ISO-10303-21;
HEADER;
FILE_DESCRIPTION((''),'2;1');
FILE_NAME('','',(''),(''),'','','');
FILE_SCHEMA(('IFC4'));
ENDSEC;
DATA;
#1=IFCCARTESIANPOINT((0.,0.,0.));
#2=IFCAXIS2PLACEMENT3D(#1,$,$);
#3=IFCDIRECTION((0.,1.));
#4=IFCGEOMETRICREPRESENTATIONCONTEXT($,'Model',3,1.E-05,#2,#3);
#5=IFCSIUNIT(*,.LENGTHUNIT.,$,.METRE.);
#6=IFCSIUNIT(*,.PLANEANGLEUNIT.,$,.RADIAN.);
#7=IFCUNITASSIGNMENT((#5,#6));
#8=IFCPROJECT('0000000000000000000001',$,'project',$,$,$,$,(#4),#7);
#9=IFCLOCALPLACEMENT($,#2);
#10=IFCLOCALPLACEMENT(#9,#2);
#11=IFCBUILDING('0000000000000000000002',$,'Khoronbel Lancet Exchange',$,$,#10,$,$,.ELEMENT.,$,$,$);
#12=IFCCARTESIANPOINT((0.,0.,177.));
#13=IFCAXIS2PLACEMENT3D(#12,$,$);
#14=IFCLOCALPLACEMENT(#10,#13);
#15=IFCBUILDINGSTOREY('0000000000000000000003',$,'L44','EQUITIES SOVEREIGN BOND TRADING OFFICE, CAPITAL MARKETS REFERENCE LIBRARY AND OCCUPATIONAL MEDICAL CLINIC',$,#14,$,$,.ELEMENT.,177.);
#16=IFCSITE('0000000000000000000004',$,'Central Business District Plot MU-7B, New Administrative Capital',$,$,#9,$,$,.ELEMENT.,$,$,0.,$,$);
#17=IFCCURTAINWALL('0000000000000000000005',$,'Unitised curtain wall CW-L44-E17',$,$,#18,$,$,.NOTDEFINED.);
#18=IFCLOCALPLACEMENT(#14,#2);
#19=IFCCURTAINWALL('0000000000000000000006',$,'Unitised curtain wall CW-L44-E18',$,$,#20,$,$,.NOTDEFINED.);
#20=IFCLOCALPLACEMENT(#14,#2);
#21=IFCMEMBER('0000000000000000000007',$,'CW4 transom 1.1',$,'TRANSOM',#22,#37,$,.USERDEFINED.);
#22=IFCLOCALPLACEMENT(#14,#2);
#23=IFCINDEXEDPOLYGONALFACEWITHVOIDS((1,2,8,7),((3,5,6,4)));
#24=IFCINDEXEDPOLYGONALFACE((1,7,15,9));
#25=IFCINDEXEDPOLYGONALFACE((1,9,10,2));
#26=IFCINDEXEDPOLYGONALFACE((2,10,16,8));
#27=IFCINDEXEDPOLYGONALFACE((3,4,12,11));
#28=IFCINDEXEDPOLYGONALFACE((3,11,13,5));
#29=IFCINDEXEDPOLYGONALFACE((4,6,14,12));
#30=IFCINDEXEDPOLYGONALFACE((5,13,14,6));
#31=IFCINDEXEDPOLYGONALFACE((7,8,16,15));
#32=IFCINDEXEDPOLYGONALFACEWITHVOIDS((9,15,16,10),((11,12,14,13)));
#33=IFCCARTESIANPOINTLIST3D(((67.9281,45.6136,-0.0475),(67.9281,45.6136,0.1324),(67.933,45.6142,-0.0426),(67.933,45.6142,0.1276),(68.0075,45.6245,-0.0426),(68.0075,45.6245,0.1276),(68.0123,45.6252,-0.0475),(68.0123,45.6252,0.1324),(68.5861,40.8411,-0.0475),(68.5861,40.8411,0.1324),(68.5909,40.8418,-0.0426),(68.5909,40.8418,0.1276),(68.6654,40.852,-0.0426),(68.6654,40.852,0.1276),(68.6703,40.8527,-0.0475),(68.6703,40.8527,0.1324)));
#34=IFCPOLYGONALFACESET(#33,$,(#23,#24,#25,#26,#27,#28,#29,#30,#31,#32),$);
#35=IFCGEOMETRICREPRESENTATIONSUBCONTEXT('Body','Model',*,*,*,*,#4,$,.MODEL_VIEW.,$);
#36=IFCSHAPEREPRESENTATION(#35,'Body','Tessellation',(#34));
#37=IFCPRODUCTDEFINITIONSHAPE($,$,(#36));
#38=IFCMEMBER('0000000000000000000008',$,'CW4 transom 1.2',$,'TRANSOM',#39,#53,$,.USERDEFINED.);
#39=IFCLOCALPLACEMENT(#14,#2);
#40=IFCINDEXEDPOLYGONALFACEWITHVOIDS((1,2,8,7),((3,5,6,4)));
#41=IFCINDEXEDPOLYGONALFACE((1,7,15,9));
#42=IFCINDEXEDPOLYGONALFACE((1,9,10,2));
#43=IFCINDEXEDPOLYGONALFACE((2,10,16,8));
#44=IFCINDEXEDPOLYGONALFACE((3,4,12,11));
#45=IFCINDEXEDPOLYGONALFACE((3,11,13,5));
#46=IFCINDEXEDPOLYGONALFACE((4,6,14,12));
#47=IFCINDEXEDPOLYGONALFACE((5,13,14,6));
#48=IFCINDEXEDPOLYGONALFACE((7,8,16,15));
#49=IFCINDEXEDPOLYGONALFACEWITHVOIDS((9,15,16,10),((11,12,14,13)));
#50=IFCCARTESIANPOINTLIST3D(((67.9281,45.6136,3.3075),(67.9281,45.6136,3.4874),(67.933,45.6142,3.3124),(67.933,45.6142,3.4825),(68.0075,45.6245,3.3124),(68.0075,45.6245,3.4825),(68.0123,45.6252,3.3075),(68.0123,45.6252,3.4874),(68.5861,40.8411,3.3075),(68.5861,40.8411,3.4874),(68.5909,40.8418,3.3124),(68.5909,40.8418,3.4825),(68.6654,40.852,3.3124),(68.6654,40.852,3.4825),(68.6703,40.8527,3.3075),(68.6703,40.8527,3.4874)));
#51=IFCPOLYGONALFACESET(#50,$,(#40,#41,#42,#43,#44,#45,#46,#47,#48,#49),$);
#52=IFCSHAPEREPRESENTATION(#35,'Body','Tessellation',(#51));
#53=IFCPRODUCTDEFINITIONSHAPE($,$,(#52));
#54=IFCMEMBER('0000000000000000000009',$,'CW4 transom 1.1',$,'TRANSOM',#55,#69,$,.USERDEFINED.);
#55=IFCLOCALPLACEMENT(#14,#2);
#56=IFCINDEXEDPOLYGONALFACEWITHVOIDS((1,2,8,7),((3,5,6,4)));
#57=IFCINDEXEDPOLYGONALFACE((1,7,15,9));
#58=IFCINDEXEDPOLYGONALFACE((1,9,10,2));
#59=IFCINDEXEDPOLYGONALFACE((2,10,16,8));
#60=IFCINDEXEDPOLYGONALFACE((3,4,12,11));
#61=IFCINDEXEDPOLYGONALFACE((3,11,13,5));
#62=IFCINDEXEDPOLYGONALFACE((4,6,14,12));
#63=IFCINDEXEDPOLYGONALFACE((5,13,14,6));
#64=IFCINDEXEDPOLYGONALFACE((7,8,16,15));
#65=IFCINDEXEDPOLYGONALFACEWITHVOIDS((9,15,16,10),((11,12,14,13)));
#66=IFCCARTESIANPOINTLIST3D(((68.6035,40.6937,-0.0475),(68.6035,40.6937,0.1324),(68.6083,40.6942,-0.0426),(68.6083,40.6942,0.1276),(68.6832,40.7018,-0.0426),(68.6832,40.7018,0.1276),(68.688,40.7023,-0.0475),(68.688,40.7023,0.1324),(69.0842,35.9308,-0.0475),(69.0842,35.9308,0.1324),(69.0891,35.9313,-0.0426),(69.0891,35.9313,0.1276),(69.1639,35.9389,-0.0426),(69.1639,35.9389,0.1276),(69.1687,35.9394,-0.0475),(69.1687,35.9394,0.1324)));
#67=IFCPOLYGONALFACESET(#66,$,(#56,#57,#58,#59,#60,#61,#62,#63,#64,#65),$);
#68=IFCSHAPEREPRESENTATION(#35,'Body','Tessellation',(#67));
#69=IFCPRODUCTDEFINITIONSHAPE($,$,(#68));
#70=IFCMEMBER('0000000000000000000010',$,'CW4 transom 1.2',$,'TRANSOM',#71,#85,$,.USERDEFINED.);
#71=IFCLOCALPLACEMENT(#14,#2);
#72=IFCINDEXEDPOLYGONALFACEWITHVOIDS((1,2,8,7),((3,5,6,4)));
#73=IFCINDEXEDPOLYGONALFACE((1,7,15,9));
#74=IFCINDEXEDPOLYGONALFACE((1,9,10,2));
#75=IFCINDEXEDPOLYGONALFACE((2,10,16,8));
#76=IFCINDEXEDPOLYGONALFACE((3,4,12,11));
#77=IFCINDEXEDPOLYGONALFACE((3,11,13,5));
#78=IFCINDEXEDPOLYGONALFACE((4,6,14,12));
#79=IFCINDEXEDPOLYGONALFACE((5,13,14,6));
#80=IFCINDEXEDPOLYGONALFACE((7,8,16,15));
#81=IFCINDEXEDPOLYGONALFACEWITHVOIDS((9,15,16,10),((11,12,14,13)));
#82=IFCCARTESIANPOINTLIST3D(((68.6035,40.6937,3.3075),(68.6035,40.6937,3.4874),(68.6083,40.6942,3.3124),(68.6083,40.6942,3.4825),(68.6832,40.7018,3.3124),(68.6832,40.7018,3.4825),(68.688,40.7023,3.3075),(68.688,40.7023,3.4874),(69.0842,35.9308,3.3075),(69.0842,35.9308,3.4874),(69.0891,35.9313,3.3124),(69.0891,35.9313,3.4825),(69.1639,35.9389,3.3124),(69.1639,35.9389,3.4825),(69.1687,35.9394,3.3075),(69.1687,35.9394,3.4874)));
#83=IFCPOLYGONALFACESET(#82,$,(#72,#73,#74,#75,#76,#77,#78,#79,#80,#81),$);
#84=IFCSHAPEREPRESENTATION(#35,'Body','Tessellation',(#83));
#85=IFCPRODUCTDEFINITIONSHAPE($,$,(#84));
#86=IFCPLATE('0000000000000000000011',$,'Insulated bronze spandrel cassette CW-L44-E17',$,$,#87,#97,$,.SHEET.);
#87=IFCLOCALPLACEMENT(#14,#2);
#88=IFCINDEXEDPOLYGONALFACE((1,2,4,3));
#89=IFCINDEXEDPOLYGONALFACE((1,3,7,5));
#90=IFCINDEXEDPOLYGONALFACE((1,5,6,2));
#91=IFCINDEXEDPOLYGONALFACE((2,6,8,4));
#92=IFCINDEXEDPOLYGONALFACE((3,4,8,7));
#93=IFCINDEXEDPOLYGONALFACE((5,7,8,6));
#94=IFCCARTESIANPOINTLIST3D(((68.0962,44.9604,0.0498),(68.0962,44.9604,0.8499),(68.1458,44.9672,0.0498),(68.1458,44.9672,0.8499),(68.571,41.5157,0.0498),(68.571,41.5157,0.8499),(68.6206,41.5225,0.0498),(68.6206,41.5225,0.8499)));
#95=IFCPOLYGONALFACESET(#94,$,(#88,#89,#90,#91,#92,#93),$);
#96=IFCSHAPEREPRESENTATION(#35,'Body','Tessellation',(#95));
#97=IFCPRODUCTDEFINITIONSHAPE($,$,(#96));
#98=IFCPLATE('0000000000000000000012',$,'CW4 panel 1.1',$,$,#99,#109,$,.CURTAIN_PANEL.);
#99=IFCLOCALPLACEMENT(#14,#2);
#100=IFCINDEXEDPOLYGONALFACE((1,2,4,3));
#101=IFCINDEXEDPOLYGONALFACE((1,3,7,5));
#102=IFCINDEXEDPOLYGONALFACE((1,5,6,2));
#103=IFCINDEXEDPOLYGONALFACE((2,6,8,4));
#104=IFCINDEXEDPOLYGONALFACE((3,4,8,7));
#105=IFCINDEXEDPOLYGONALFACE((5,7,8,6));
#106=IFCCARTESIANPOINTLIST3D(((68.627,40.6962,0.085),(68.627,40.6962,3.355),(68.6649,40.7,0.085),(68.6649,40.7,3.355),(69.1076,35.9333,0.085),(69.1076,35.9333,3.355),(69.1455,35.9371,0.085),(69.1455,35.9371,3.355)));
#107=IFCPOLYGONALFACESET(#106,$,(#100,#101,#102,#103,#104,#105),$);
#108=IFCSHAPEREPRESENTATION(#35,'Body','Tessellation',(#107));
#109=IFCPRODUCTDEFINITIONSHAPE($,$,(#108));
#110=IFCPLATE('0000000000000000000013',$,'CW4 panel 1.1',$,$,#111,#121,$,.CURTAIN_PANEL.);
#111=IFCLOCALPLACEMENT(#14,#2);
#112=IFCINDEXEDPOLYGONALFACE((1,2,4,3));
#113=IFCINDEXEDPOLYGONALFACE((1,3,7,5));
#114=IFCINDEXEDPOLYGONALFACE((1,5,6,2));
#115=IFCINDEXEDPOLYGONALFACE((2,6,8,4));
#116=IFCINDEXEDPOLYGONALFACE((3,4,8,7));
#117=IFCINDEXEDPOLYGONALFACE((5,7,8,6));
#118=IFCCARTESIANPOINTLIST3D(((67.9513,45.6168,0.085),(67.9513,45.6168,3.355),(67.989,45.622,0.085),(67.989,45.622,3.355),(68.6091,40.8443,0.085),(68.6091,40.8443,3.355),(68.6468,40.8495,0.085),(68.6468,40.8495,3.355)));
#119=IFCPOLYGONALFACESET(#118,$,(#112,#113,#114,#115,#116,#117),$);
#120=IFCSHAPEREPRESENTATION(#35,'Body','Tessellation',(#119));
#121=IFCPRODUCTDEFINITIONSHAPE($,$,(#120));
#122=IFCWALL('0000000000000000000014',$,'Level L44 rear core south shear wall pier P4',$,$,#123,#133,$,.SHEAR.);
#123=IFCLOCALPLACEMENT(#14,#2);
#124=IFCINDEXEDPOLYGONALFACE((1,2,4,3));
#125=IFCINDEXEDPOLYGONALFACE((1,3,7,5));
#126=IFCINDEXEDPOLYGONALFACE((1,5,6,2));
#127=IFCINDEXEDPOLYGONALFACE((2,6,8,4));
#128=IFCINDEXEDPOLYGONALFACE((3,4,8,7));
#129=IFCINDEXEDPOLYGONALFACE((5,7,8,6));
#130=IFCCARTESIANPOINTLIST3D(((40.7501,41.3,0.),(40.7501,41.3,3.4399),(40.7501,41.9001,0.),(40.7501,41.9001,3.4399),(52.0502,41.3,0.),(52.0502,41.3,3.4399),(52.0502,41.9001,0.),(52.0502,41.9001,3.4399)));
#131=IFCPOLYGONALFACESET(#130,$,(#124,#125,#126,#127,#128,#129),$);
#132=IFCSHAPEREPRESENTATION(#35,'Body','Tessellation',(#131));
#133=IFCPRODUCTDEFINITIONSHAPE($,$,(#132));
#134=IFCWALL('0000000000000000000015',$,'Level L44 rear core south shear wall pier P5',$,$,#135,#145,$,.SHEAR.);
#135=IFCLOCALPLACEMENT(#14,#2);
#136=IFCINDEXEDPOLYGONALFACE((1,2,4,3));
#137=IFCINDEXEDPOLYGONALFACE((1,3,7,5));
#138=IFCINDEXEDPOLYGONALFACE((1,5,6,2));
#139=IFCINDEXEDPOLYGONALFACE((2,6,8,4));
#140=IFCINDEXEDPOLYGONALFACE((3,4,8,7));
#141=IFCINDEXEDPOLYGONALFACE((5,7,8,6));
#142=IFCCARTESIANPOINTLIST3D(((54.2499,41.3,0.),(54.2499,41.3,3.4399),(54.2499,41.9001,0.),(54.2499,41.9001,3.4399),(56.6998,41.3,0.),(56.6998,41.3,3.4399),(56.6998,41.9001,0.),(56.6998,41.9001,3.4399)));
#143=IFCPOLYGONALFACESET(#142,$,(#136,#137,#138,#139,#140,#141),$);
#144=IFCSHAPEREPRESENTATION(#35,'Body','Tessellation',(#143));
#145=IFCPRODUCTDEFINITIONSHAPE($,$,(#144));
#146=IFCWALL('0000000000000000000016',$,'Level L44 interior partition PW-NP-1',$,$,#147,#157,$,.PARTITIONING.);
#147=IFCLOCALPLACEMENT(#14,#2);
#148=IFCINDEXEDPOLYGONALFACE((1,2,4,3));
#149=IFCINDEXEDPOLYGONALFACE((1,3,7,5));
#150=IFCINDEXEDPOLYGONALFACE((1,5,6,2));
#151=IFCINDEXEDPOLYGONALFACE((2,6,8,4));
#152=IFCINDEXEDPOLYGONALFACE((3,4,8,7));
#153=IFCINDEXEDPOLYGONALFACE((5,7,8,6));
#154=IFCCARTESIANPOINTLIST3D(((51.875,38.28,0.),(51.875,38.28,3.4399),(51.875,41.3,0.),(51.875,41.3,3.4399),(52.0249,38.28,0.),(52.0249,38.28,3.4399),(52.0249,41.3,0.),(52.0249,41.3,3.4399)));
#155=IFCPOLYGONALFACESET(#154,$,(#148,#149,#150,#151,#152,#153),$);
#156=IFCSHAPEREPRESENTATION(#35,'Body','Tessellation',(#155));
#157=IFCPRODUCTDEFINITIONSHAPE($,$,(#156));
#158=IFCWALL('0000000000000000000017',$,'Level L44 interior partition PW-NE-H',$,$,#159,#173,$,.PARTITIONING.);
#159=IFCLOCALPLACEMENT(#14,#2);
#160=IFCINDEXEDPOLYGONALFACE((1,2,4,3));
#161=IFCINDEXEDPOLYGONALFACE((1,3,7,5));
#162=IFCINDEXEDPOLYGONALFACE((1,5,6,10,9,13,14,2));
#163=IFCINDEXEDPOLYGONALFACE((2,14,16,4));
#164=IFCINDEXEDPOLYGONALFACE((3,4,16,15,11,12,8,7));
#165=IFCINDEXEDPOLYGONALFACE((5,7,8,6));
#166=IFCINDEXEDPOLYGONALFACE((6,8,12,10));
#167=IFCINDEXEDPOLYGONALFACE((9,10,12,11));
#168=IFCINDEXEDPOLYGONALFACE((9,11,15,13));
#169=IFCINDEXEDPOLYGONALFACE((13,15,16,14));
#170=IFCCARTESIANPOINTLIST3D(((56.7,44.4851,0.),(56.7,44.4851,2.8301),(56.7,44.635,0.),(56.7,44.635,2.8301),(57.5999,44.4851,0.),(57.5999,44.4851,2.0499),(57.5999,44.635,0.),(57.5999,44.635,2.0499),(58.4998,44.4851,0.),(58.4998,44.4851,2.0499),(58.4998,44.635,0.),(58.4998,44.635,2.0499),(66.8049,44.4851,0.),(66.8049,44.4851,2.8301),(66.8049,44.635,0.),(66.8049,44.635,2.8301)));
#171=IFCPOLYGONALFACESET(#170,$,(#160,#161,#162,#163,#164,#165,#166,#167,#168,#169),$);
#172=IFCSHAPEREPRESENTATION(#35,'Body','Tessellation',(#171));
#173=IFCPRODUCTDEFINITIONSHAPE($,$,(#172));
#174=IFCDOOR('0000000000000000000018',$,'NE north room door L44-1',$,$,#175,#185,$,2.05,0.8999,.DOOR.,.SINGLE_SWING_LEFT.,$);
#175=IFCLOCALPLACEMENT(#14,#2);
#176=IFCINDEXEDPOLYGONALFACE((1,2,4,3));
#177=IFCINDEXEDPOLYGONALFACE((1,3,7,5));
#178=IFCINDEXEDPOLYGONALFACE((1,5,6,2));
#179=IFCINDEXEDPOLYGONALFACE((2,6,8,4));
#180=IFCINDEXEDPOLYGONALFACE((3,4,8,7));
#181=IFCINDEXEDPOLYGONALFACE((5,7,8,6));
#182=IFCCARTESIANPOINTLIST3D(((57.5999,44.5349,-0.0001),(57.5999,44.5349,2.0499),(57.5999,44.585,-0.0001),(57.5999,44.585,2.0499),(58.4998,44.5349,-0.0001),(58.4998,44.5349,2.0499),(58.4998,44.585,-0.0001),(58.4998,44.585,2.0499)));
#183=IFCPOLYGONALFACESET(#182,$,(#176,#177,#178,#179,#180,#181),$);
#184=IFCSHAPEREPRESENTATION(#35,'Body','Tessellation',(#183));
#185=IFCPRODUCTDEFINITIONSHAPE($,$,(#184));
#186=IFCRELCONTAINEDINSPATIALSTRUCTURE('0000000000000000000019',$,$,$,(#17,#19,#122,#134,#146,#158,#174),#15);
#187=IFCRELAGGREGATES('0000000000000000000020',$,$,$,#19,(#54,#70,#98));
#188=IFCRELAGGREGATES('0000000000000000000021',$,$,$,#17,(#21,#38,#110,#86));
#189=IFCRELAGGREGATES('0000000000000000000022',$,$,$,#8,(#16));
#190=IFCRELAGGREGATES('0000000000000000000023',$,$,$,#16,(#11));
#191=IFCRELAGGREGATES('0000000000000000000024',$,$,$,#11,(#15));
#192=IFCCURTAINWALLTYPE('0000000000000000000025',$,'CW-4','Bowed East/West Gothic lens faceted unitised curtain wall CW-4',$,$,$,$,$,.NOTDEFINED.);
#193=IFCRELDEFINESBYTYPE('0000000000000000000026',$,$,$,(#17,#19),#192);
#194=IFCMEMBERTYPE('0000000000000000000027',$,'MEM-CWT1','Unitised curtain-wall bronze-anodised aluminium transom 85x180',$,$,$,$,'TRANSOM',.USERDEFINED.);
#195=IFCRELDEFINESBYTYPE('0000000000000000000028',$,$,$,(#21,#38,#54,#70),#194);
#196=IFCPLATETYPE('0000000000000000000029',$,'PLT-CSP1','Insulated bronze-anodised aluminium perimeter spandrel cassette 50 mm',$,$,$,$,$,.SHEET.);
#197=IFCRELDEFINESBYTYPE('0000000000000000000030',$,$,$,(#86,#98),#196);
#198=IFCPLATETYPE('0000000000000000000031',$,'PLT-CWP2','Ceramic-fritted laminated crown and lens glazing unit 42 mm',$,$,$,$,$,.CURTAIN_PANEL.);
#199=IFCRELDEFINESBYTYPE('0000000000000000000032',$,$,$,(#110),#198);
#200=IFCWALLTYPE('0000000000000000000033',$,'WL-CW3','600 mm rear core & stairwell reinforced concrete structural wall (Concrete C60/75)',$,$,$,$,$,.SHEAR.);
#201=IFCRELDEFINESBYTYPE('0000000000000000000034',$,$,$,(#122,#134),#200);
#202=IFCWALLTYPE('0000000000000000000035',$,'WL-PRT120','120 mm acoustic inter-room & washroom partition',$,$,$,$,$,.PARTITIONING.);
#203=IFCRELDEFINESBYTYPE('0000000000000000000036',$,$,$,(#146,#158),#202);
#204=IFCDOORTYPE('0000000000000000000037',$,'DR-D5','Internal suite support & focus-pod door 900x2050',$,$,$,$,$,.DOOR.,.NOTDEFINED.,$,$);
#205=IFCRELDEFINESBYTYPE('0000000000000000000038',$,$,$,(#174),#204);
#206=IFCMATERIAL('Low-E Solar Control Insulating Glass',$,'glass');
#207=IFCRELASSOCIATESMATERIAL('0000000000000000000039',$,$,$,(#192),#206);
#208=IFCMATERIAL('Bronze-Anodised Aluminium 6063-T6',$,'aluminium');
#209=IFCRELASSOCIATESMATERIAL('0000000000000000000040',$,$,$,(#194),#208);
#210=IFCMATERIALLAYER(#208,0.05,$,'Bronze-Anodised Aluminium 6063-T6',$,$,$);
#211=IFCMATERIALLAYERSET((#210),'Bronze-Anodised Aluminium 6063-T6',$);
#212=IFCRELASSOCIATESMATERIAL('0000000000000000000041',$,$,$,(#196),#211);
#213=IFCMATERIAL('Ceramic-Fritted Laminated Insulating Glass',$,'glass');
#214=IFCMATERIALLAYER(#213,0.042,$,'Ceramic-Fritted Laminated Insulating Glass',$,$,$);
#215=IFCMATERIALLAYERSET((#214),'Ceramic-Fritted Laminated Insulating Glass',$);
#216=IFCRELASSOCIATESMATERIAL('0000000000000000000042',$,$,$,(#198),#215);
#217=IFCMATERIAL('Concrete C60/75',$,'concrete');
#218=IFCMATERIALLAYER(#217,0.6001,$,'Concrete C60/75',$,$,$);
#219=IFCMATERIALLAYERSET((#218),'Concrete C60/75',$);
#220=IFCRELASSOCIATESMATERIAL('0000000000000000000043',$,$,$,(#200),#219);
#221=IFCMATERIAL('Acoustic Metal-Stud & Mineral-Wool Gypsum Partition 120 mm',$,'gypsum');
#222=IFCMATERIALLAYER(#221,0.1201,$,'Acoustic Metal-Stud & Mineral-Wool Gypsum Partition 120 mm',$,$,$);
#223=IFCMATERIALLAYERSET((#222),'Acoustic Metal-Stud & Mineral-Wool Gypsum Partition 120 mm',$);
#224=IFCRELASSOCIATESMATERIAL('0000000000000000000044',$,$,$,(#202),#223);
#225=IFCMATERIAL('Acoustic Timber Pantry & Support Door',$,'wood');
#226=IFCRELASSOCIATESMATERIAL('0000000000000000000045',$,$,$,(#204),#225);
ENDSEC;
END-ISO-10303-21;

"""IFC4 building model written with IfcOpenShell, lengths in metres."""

from ifc_helpers import new_model, si_unit, direction, frame, frame_2d, origin, origin_2d, place, context, subcontext, project, spatial, rectangle, hollow_rectangle, extrude, material, layer, layer_set, material_profile, profile_set, type_object, element, fill, aggregate, save


model = new_model("IFC4")

# Units and contexts
model_context = context("Model", 3, precision=1e-05, world=origin(), true_north=direction((0.0, 1.0)))
body_context = subcontext(model_context, "Body", "Model", "MODEL_VIEW")
ifc_project = project(units=[si_unit("LENGTHUNIT", "METRE"), si_unit("PLANEANGLEUNIT", "RADIAN")], contexts=[model_context])

# Site, building, storey
site_placement = place(None, origin())
site = spatial("IfcSite", under=ifc_project, at=site_placement, Name="Central Business District Plot MU-7B, New Administrative Capital", CompositionType="ELEMENT", RefElevation=0.0)
building_placement = place(site_placement, origin())
building = spatial("IfcBuilding", under=site, at=building_placement, Name="Khoronbel Lancet Exchange", CompositionType="ELEMENT")
storey_placement = place(building_placement, frame((0.0, 0.0, 177.0)))
storey = spatial("IfcBuildingStorey", under=building, at=storey_placement, Name="L44", Description="EQUITIES SOVEREIGN BOND TRADING OFFICE, CAPITAL MARKETS REFERENCE LIBRARY AND OCCUPATIONAL MEDICAL CLINIC", CompositionType="ELEMENT", Elevation=177.0)

# Shared definitions
ifc_material_1 = material(Name="Concrete C60/75", Category="concrete")

# Curtain walls
ifc_material_2 = material(Name="Low-E Solar Control Insulating Glass", Category="glass")
curtain_wall_type = type_object("IfcCurtainWallType", Name="CW-4", Description="Bowed East/West Gothic lens faceted unitised curtain wall CW-4", PredefinedType="NOTDEFINED", material=ifc_material_2)
curtain_wall_1_placement = place(storey_placement, origin())
curtain_wall_1 = element("IfcCurtainWall", 1, at=curtain_wall_1_placement, inside=storey, type_object=curtain_wall_type, Name="Unitised curtain wall CW-L44-E17", PredefinedType="NOTDEFINED")
ifc_material_3 = material(Name="Bronze-Anodised Aluminium 6063-T6", Category="aluminium")
curtain_wall_2_placement = place(storey_placement, origin())
curtain_wall_2 = element("IfcCurtainWall", 2, at=curtain_wall_2_placement, inside=storey, type_object=curtain_wall_type, Name="Unitised curtain wall CW-L44-E18", PredefinedType="NOTDEFINED")

# Members
ifc_material_profile_1 = material_profile(ifc_material_3, hollow_rectangle(XDim=0.085, YDim=0.1799, WallThickness=0.0049, at=origin_2d()), Name="ALU TRANSOM 85x180")
ifc_profile_set_1 = profile_set([ifc_material_profile_1], Name="Bronze-Anodised Aluminium 6063-T6")
member_type_1 = type_object("IfcMemberType", Name="MEM-CWT1", Description="Unitised curtain-wall bronze-anodised aluminium transom 85x180", ElementType="TRANSOM", PredefinedType="USERDEFINED", material=ifc_profile_set_1)
member_1_placement = place(storey_placement, frame((67.9702, 45.6194, 0.0425), z_axis=(0.136574, -0.99063, 0.0), x_axis=(0.99063, 0.136574, 0.0)))
member_1 = element("IfcMember", 3, at=member_1_placement, type_object=member_type_1, Name="CW4 transom 1.1", ObjectType="TRANSOM", PredefinedType="USERDEFINED", context=body_context, shape_type="SweptSolid", body=[
    extrude(hollow_rectangle(XDim=0.085, YDim=0.1799, WallThickness=0.0049, at=origin_2d()), origin(), (0.0, 0.0, 1.0), 4.8176),
])
member_2_placement = place(storey_placement, frame((67.9702, 45.6194, 3.3975), z_axis=(0.136574, -0.99063, 0.0), x_axis=(0.99063, 0.136574, 0.0)))
member_2 = element("IfcMember", 4, at=member_2_placement, type_object=member_type_1, Name="CW4 transom 1.2", ObjectType="TRANSOM", PredefinedType="USERDEFINED", context=body_context, shape_type="SweptSolid", body=[
    extrude(hollow_rectangle(XDim=0.085, YDim=0.1799, WallThickness=0.0049, at=origin_2d()), origin(), (0.0, 0.0, 1.0), 4.8176),
])
member_3_placement = place(storey_placement, frame((68.6458, 40.698, 0.0425), z_axis=(0.100418, -0.994945, 0.0), x_axis=(0.994945, 0.100418, 0.0)))
member_3 = element("IfcMember", 5, at=member_3_placement, type_object=member_type_1, Name="CW4 transom 1.1", ObjectType="TRANSOM", PredefinedType="USERDEFINED", context=body_context, shape_type="SweptSolid", body=[
    extrude(hollow_rectangle(XDim=0.085, YDim=0.1799, WallThickness=0.0049, at=origin_2d()), origin(), (0.0, 0.0, 1.0), 4.7871),
])
member_4_placement = place(storey_placement, frame((68.6458, 40.698, 3.3975), z_axis=(0.100418, -0.994945, 0.0), x_axis=(0.994945, 0.100418, 0.0)))
member_4 = element("IfcMember", 6, at=member_4_placement, type_object=member_type_1, Name="CW4 transom 1.2", ObjectType="TRANSOM", PredefinedType="USERDEFINED", context=body_context, shape_type="SweptSolid", body=[
    extrude(hollow_rectangle(XDim=0.085, YDim=0.1799, WallThickness=0.0049, at=origin_2d()), origin(), (0.0, 0.0, 1.0), 4.7871),
])

# Plates
ifc_layer_1 = layer(ifc_material_3, 0.05, Name="Bronze-Anodised Aluminium 6063-T6")
ifc_layer_set_1 = layer_set([ifc_layer_1], Name="Bronze-Anodised Aluminium 6063-T6")
plate_type_1 = type_object("IfcPlateType", Name="PLT-CSP1", Description="Insulated bronze-anodised aluminium perimeter spandrel cassette 50 mm", PredefinedType="SHEET", material=ifc_layer_set_1)
plate_1_placement = place(storey_placement, frame((68.3584, 43.2415, 0.0498), z_axis=(0.0, 0.0, 1.0), x_axis=(0.136541, -0.990634, 0.0)))
plate_1 = element("IfcPlate", 7, at=plate_1_placement, type_object=plate_type_1, Name="Insulated bronze spandrel cassette CW-L44-E17", PredefinedType="SHEET", context=body_context, shape_type="SweptSolid", body=[
    extrude(rectangle(XDim=3.4773, YDim=0.05, at=origin_2d()), origin(), (0.0, 0.0, 1.0), 0.8),
])
plate_2_placement = place(storey_placement, frame((68.8862, 38.3167, 0.085), z_axis=(0.0, 0.0, 1.0), x_axis=(0.100404, -0.994947, 0.0)))
plate_2 = element("IfcPlate", 8, at=plate_2_placement, type_object=plate_type_1, Name="CW4 panel 1.1", PredefinedType="CURTAIN_PANEL", context=body_context, shape_type="SweptSolid", body=[
    extrude(rectangle(XDim=4.7871, YDim=0.0381, at=origin_2d()), origin(), (0.0, 0.0, 1.0), 3.27),
])
aggregate(curtain_wall_2, [member_3, member_4, plate_2])
ifc_material_4 = material(Name="Ceramic-Fritted Laminated Insulating Glass", Category="glass")
ifc_layer_2 = layer(ifc_material_4, 0.042, Name="Ceramic-Fritted Laminated Insulating Glass")
ifc_layer_set_2 = layer_set([ifc_layer_2], Name="Ceramic-Fritted Laminated Insulating Glass")
plate_type_2 = type_object("IfcPlateType", Name="PLT-CWP2", Description="Ceramic-fritted laminated crown and lens glazing unit 42 mm", PredefinedType="CURTAIN_PANEL", material=ifc_layer_set_2)
plate_3_placement = place(storey_placement, frame((68.2991, 43.2332, 0.085), z_axis=(0.0, 0.0, 1.0), x_axis=(0.136541, -0.990634, 0.0)))
plate_3 = element("IfcPlate", 9, at=plate_3_placement, type_object=plate_type_2, Name="CW4 panel 1.1", PredefinedType="CURTAIN_PANEL", context=body_context, shape_type="SweptSolid", body=[
    extrude(rectangle(XDim=4.8176, YDim=0.0381, at=origin_2d()), origin(), (0.0, 0.0, 1.0), 3.27),
])
aggregate(curtain_wall_1, [member_1, member_2, plate_3, plate_1])

# Walls
ifc_layer_3 = layer(ifc_material_1, 0.6001, Name="Concrete C60/75")
ifc_layer_set_3 = layer_set([ifc_layer_3], Name="Concrete C60/75")
wall_type_1 = type_object("IfcWallType", Name="WL-CW3", Description="600 mm rear core & stairwell reinforced concrete structural wall (Concrete C60/75)", PredefinedType="SHEAR", material=ifc_layer_set_3)
wall_1_placement = place(storey_placement, frame((52.05, 41.6001, 0.0), z_axis=(0.0, 0.0, 1.0), x_axis=(-1.0, 0.0, 0.0)))
element("IfcWall", 10, at=wall_1_placement, inside=storey, type_object=wall_type_1, Name="Level L44 rear core south shear wall pier P4", PredefinedType="SHEAR", context=body_context, shape_type="SweptSolid", body=[
    extrude(rectangle(XDim=11.3, YDim=0.6001, at=frame_2d((5.6499, 0.0))), origin(), (0.0, 0.0, 1.0), 3.4399),
])
wall_2_placement = place(storey_placement, frame((56.7, 41.6001, 0.0), z_axis=(0.0, 0.0, 1.0), x_axis=(-1.0, 0.0, 0.0)))
element("IfcWall", 11, at=wall_2_placement, inside=storey, type_object=wall_type_1, Name="Level L44 rear core south shear wall pier P5", PredefinedType="SHEAR", context=body_context, shape_type="SweptSolid", body=[
    extrude(rectangle(XDim=2.45, YDim=0.6001, at=frame_2d((1.2251, 0.0))), origin(), (0.0, 0.0, 1.0), 3.4399),
])
ifc_material_5 = material(Name="Acoustic Metal-Stud & Mineral-Wool Gypsum Partition 120 mm", Category="gypsum")
ifc_layer_4 = layer(ifc_material_5, 0.1201, Name="Acoustic Metal-Stud & Mineral-Wool Gypsum Partition 120 mm")
ifc_layer_set_4 = layer_set([ifc_layer_4], Name="Acoustic Metal-Stud & Mineral-Wool Gypsum Partition 120 mm")
wall_type_2 = type_object("IfcWallType", Name="WL-PRT120", Description="120 mm acoustic inter-room & washroom partition", PredefinedType="PARTITIONING", material=ifc_layer_set_4)
wall_3_placement = place(storey_placement, frame((51.95, 38.28, 0.0), z_axis=(0.0, 0.0, 1.0), x_axis=(0.0, 1.0, 0.0)))
element("IfcWall", 12, at=wall_3_placement, inside=storey, type_object=wall_type_2, Name="Level L44 interior partition PW-NP-1", PredefinedType="PARTITIONING", context=body_context, shape_type="SweptSolid", body=[
    extrude(rectangle(XDim=3.02, YDim=0.1499, at=frame_2d((1.51, 0.0))), origin(), (0.0, 0.0, 1.0), 3.4399),
])

# Wall, opening, door
wall_4_placement = place(storey_placement, frame((56.7, 44.5601, 0.0), z_axis=(0.0, 0.0, 1.0), x_axis=(1.0, 0.0, 0.0)))
wall_4 = element("IfcWall", 13, at=wall_4_placement, inside=storey, type_object=wall_type_2, Name="Level L44 interior partition PW-NE-H", PredefinedType="PARTITIONING", context=body_context, shape_type="SweptSolid", body=[
    extrude(rectangle(XDim=10.105, YDim=0.1499, at=frame_2d((5.0525, 0.0))), origin(), (0.0, 0.0, 1.0), 2.8301),
])
opening_1_placement = place(wall_4_placement, frame((0.8999, 0.0, 0.0)))
opening_1 = element("IfcOpeningElement", 14, at=opening_1_placement, cuts=wall_4, PredefinedType="OPENING", context=body_context, shape_type="SweptSolid", body=[
    extrude(rectangle(XDim=0.8999, YDim=2.05, at=frame_2d((0.45, 1.0249))), frame((0.0, 0.085, 0.0), z_axis=(0.0, -1.0, 0.0), x_axis=(1.0, 0.0, 0.0)), (0.0, 0.0, 1.0), 0.1699),
])
ifc_material_6 = material(Name="Acoustic Timber Pantry & Support Door", Category="wood")
door_type_1 = type_object("IfcDoorType", Name="DR-D5", Description="Internal suite support & focus-pod door 900x2050", OperationType="NOTDEFINED", PredefinedType="DOOR", material=ifc_material_6)
door_1_placement = place(opening_1_placement, origin())
door_1 = element("IfcDoor", 15, at=door_1_placement, inside=storey, type_object=door_type_1, Name="NE north room door L44-1", OperationType="SINGLE_SWING_LEFT", OverallHeight=2.05, OverallWidth=0.8999, PredefinedType="DOOR", context=body_context, shape_type="SweptSolid", body=[
    extrude(rectangle(XDim=0.8999, YDim=2.05, at=frame_2d((0.45, 1.0249))), frame((0.0, 0.0249, 0.0), z_axis=(0.0, -1.0, 0.0), x_axis=(1.0, 0.0, 0.0)), (0.0, 0.0, 1.0), 0.05),
])
fill(opening_1, door_1)

save(model, "model.ifc")
